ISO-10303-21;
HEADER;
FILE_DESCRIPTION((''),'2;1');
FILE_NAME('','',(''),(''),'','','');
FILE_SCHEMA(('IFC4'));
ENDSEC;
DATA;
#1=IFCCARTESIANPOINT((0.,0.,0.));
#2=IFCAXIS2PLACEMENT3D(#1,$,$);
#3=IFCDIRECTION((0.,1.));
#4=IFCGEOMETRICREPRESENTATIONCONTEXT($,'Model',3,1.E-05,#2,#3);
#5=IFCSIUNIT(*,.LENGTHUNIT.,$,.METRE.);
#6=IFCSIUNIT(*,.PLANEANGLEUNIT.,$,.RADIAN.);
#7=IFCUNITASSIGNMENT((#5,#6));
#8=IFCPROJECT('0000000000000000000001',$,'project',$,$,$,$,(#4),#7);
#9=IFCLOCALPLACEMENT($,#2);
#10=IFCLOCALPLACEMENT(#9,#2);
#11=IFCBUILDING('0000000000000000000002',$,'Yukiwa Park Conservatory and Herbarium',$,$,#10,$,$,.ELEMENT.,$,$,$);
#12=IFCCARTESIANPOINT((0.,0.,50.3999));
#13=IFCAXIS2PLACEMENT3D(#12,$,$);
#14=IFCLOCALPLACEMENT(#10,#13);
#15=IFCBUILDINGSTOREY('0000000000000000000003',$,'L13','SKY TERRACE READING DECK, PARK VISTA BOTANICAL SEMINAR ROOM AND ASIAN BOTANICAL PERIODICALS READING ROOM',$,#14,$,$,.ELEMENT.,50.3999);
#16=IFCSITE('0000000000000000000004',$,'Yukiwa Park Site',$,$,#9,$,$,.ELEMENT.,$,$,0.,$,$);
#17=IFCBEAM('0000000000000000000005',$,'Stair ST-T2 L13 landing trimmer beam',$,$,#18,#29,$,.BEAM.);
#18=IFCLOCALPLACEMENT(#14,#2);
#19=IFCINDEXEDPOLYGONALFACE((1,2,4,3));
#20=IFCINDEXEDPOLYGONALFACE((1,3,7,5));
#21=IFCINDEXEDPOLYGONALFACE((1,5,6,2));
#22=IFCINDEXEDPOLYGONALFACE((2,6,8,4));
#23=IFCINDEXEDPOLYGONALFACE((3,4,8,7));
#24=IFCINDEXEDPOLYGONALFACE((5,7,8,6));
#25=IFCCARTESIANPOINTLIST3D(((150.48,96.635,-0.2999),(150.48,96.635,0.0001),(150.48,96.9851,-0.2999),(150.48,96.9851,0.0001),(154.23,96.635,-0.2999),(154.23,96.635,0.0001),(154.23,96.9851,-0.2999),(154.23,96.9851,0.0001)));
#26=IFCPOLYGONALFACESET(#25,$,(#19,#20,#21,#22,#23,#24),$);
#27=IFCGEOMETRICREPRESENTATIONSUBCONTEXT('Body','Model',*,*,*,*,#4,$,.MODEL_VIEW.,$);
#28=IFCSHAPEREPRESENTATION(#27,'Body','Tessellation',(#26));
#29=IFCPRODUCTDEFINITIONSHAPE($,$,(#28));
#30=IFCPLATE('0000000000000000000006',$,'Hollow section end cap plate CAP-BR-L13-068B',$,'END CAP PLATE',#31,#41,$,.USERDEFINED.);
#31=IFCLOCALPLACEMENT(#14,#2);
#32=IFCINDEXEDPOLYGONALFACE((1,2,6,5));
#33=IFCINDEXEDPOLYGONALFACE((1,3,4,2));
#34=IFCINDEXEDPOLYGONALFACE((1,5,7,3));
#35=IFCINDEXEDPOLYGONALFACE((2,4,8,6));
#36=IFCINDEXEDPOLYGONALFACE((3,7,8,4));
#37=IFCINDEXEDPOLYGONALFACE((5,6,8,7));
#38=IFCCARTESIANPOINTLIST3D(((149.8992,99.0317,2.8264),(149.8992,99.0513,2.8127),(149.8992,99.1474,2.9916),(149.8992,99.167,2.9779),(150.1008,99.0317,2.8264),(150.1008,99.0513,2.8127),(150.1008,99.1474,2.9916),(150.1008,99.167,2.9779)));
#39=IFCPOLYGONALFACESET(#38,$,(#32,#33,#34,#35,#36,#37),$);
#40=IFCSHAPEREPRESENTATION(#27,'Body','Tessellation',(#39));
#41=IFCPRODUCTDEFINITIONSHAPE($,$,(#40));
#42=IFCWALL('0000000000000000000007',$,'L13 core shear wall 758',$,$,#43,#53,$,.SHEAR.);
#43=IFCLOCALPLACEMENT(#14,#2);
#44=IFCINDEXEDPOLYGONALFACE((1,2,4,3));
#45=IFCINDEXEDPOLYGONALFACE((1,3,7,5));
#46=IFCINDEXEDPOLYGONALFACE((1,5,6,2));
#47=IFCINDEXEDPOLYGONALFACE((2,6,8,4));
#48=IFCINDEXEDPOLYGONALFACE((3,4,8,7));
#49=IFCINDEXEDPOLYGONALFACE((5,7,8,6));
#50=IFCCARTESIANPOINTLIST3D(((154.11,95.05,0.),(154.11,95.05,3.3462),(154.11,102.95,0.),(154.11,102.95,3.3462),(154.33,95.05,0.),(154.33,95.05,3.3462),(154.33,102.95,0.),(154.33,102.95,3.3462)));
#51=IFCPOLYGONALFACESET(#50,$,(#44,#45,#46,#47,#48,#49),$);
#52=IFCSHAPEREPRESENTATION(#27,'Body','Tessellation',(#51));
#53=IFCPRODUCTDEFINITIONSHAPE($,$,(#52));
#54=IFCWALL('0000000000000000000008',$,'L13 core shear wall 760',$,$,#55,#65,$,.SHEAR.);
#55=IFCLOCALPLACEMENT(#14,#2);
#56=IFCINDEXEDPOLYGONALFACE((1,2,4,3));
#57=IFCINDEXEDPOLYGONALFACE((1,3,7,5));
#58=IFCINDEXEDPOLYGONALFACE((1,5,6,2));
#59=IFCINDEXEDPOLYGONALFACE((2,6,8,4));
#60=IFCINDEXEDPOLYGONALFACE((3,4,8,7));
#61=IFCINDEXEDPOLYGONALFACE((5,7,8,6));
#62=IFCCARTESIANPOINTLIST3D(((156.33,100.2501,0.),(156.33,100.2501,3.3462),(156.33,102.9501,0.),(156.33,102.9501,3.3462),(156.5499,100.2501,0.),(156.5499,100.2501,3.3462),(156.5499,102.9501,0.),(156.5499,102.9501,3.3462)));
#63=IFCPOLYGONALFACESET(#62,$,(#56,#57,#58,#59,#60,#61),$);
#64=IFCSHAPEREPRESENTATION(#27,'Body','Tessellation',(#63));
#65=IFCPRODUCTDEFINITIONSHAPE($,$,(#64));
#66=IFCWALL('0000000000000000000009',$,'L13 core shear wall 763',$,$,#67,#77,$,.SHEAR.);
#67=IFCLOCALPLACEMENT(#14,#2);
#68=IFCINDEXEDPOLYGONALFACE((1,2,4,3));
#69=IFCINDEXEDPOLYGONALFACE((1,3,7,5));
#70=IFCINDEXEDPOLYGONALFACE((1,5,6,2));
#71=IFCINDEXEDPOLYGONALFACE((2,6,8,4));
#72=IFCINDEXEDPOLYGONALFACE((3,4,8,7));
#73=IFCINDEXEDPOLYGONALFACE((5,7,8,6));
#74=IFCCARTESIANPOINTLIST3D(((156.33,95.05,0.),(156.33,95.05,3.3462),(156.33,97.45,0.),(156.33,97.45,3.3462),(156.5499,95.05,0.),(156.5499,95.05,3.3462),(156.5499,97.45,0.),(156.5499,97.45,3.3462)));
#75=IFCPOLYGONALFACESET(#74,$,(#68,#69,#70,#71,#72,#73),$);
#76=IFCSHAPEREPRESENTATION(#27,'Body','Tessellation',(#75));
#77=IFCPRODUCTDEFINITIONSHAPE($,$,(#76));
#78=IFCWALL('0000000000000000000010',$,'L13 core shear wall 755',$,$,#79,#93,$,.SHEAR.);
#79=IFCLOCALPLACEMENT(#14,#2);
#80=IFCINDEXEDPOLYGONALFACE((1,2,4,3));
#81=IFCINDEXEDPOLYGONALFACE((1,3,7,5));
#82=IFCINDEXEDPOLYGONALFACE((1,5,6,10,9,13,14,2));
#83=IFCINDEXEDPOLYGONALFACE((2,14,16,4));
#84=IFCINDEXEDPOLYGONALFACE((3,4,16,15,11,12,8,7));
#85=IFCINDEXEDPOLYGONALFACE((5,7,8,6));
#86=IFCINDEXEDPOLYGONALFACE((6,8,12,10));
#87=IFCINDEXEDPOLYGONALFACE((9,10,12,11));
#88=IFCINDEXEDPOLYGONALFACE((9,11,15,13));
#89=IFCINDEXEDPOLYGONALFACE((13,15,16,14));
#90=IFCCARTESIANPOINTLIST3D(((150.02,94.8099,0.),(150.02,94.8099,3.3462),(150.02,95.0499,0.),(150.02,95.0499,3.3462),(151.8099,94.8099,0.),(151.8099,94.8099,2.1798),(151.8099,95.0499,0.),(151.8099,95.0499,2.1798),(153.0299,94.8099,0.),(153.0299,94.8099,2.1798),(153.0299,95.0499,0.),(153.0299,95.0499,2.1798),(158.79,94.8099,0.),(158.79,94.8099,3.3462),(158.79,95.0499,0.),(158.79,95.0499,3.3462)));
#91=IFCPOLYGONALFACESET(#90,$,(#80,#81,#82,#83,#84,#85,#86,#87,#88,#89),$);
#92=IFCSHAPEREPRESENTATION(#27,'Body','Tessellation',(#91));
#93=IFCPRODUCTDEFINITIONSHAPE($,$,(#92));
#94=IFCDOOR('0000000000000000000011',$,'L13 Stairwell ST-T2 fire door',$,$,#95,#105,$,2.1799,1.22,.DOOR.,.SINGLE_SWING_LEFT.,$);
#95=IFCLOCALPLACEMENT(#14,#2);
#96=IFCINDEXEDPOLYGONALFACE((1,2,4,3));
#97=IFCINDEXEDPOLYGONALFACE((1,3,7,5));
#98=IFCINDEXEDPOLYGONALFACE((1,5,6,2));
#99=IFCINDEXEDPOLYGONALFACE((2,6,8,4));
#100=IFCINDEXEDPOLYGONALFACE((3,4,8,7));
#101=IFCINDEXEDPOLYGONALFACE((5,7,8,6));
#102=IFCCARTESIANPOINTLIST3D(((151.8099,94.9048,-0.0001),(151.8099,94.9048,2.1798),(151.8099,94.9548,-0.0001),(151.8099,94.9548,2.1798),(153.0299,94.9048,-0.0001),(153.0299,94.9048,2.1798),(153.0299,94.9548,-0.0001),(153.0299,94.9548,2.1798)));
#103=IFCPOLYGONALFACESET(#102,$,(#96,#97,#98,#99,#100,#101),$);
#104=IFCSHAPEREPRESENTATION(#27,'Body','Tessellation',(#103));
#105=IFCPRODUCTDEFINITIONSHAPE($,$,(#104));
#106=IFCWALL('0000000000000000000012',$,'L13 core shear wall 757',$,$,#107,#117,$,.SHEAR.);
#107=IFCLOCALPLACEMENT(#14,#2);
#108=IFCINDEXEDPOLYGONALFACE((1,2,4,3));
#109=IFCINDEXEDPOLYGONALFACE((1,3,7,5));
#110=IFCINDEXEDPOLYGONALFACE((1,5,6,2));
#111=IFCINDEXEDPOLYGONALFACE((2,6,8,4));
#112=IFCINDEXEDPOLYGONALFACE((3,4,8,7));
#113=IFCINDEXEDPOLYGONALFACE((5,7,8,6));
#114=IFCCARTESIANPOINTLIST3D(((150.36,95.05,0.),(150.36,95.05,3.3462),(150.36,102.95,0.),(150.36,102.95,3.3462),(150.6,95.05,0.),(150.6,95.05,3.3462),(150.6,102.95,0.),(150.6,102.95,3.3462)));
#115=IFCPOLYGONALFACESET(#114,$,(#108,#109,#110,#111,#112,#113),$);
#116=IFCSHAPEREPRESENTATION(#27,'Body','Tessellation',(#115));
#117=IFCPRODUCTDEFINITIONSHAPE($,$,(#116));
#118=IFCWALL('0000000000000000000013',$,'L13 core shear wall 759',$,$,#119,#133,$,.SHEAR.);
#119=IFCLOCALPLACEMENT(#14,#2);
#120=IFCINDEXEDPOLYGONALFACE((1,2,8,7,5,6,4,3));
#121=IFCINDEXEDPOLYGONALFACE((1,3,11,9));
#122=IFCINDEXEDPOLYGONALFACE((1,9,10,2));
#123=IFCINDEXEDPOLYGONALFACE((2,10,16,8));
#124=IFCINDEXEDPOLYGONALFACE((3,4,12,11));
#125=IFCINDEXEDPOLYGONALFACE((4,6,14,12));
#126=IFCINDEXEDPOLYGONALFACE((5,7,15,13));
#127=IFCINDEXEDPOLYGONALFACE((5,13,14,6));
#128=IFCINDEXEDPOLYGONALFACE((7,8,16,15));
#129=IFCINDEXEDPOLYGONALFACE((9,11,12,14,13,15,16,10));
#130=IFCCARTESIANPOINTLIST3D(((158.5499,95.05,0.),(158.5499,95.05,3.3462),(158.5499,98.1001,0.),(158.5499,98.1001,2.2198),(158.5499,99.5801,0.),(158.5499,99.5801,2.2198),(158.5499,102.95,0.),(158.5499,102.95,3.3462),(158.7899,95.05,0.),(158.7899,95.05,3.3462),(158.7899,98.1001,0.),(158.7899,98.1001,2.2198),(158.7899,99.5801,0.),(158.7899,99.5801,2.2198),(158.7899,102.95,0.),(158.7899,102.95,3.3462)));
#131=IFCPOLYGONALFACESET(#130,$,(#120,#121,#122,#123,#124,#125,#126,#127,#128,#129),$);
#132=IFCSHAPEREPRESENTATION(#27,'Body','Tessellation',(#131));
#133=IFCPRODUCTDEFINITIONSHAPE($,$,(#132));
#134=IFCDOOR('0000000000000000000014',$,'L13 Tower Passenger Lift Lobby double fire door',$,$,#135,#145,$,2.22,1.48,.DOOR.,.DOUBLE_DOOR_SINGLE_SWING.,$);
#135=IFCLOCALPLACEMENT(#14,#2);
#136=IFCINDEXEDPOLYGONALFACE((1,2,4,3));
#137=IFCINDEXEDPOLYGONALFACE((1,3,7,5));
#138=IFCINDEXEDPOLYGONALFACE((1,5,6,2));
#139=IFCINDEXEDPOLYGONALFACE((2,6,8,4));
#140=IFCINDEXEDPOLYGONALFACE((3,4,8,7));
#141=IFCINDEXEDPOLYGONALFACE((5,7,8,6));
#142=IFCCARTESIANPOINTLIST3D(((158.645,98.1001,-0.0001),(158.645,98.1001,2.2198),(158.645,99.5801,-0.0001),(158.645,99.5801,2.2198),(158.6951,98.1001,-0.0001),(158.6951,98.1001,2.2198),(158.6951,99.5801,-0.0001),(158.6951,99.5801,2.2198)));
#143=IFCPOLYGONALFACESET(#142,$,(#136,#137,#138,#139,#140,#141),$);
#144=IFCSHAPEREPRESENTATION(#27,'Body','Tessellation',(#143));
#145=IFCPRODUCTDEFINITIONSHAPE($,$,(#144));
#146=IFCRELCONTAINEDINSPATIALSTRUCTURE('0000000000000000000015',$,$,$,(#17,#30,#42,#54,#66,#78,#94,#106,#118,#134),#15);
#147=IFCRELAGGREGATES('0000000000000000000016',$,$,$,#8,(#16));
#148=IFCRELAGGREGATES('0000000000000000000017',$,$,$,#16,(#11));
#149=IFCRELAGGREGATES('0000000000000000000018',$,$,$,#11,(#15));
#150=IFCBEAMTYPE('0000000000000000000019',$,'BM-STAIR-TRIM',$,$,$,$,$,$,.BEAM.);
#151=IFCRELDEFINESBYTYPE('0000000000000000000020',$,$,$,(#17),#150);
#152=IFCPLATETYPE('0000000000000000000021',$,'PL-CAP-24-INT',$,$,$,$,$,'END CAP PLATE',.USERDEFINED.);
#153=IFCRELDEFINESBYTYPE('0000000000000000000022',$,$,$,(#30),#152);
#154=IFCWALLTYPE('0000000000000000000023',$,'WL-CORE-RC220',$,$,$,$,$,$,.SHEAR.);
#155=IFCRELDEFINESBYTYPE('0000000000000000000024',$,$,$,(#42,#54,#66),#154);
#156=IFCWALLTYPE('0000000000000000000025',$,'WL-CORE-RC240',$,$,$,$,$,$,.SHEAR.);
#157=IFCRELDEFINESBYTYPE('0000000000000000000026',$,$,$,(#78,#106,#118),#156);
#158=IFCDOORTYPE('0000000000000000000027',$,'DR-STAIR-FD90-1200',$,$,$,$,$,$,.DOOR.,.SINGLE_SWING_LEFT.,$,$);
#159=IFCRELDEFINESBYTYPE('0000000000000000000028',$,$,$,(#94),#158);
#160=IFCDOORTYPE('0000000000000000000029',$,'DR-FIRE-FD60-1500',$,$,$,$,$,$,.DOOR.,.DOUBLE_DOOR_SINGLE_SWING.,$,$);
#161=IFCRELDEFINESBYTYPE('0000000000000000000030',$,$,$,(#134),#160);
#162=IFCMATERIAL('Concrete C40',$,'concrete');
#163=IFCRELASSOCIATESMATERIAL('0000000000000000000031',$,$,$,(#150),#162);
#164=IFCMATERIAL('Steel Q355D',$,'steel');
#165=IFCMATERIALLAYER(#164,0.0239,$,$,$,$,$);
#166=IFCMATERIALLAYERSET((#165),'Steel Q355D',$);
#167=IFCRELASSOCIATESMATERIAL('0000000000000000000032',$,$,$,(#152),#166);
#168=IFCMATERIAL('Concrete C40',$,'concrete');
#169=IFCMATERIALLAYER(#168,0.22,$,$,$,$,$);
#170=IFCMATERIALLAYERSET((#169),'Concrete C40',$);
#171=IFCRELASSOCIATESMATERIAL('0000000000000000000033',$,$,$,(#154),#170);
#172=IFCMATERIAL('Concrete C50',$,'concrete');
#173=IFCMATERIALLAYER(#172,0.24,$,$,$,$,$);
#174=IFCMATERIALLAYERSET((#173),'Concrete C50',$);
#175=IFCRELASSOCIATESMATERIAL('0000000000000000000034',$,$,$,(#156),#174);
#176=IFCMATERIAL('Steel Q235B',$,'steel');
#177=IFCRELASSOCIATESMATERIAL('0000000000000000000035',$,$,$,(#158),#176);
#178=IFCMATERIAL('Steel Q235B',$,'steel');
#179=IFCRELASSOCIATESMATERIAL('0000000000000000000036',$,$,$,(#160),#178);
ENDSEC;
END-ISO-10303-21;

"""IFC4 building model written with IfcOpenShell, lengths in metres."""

from ifc_helpers import new_model, si_unit, direction, frame, frame_2d, origin, origin_2d, place, context, subcontext, project, spatial, rectangle, extrude, material, layer, layer_set, material_profile, profile_set, type_object, element, fill, save


model = new_model("IFC4")

# Units and contexts
model_context = context("Model", 3, precision=1e-05, world=origin(), true_north=direction((0.0, 1.0)))
body_context = subcontext(model_context, "Body", "Model", "MODEL_VIEW")
ifc_project = project(units=[si_unit("LENGTHUNIT", "METRE"), si_unit("PLANEANGLEUNIT", "RADIAN")], contexts=[model_context])

# Site, building, storey
site_placement = place(None, origin())
site = spatial("IfcSite", under=ifc_project, at=site_placement, Name="Yukiwa Park Site", CompositionType="ELEMENT", RefElevation=0.0)
building_placement = place(site_placement, origin())
building = spatial("IfcBuilding", under=site, at=building_placement, Name="Yukiwa Park Conservatory and Herbarium", CompositionType="ELEMENT")
storey_placement = place(building_placement, frame((0.0, 0.0, 50.3999)))
storey = spatial("IfcBuildingStorey", under=building, at=storey_placement, Name="L13", Description="SKY TERRACE READING DECK, PARK VISTA BOTANICAL SEMINAR ROOM AND ASIAN BOTANICAL PERIODICALS READING ROOM", CompositionType="ELEMENT", Elevation=50.3999)

# Beam
ifc_material_1 = material(Name="Concrete C40", Category="concrete")
ifc_material_profile = material_profile(ifc_material_1, rectangle(XDim=0.3501, YDim=0.3, at=origin_2d()), Name="RC 350x300")
ifc_profile_set = profile_set([ifc_material_profile], Name="Concrete C40")
beam_type = type_object("IfcBeamType", Name="BM-STAIR-TRIM", PredefinedType="BEAM", material=ifc_profile_set)
beam_placement = place(storey_placement, frame((150.48, 96.8101, -0.1499), z_axis=(1.0, 0.0, 0.0), x_axis=(0.0, 1.0, 0.0)))
element("IfcBeam", 1, at=beam_placement, inside=storey, type_object=beam_type, Name="Stair ST-T2 L13 landing trimmer beam", PredefinedType="BEAM", context=body_context, shape_type="SweptSolid", body=[
    extrude(rectangle(XDim=0.3501, YDim=0.3, at=origin_2d()), origin(), (0.0, 0.0, 1.0), 3.75),
])

# Plate
ifc_material_2 = material(Name="Steel Q355D", Category="steel")
ifc_layer_1 = layer(ifc_material_2, 0.0239)
ifc_layer_set_1 = layer_set([ifc_layer_1], Name="Steel Q355D")
plate_type = type_object("IfcPlateType", Name="PL-CAP-24-INT", ElementType="END CAP PLATE", PredefinedType="USERDEFINED", material=ifc_layer_set_1)
plate_placement = place(storey_placement, frame((150.0, 99.1091, 2.8953), z_axis=(0.0, -0.819232, 0.573462), x_axis=(1.0, 0.0, 0.0)))
element("IfcPlate", 2, at=plate_placement, inside=storey, type_object=plate_type, Name="Hollow section end cap plate CAP-BR-L13-068B", ObjectType="END CAP PLATE", PredefinedType="USERDEFINED", context=body_context, shape_type="SweptSolid", body=[
    extrude(rectangle(XDim=0.2017, YDim=0.2017, at=origin_2d()), origin(), (0.0, 0.0, 1.0), 0.0239),
])

# Walls
ifc_material_3 = material(Name="Concrete C40", Category="concrete")
ifc_layer_2 = layer(ifc_material_3, 0.22)
ifc_layer_set_2 = layer_set([ifc_layer_2], Name="Concrete C40")
wall_type_1 = type_object("IfcWallType", Name="WL-CORE-RC220", PredefinedType="SHEAR", material=ifc_layer_set_2)
wall_1_placement = place(storey_placement, frame((154.22, 95.05, 0.0), z_axis=(0.0, 0.0, 1.0), x_axis=(0.0, 1.0, 0.0)))
element("IfcWall", 3, at=wall_1_placement, inside=storey, type_object=wall_type_1, Name="L13 core shear wall 758", PredefinedType="SHEAR", context=body_context, shape_type="SweptSolid", body=[
    extrude(rectangle(XDim=7.8999, YDim=0.22, at=frame_2d((3.95, 0.0))), origin(), (0.0, 0.0, 1.0), 3.3462),
])
wall_2_placement = place(storey_placement, frame((156.4399, 100.25, 0.0), z_axis=(0.0, 0.0, 1.0), x_axis=(0.0, 1.0, 0.0)))
element("IfcWall", 4, at=wall_2_placement, inside=storey, type_object=wall_type_1, Name="L13 core shear wall 760", PredefinedType="SHEAR", context=body_context, shape_type="SweptSolid", body=[
    extrude(rectangle(XDim=2.7, YDim=0.22, at=frame_2d((1.3501, 0.0))), origin(), (0.0, 0.0, 1.0), 3.3462),
])

# Wall
wall_3_placement = place(storey_placement, frame((156.4399, 95.05, 0.0), z_axis=(0.0, 0.0, 1.0), x_axis=(0.0, 1.0, 0.0)))
element("IfcWall", 5, at=wall_3_placement, inside=storey, type_object=wall_type_1, Name="L13 core shear wall 763", PredefinedType="SHEAR", context=body_context, shape_type="SweptSolid", body=[
    extrude(rectangle(XDim=2.3999, YDim=0.22, at=frame_2d((1.2, 0.0))), origin(), (0.0, 0.0, 1.0), 3.3462),
])

# Wall, opening, door
ifc_material_4 = material(Name="Concrete C50", Category="concrete")
ifc_layer_3 = layer(ifc_material_4, 0.24)
ifc_layer_set_3 = layer_set([ifc_layer_3], Name="Concrete C50")
wall_type_2 = type_object("IfcWallType", Name="WL-CORE-RC240", PredefinedType="SHEAR", material=ifc_layer_set_3)
wall_4_placement = place(storey_placement, frame((150.02, 94.9299, 0.0), z_axis=(0.0, 0.0, 1.0), x_axis=(1.0, 0.0, 0.0)))
wall_4 = element("IfcWall", 6, at=wall_4_placement, inside=storey, type_object=wall_type_2, Name="L13 core shear wall 755", PredefinedType="SHEAR", context=body_context, shape_type="SweptSolid", body=[
    extrude(rectangle(XDim=8.77, YDim=0.24, at=frame_2d((4.385, 0.0))), origin(), (0.0, 0.0, 1.0), 3.3462),
])
opening_1_placement = place(wall_4_placement, frame((1.79, 0.0, 0.0)))
opening_1 = element("IfcOpeningElement", 7, at=opening_1_placement, cuts=wall_4, PredefinedType="OPENING", context=body_context, shape_type="SweptSolid", body=[
    extrude(rectangle(XDim=1.22, YDim=2.1799, at=frame_2d((0.6099, 1.0898))), frame((0.0, 0.1299, 0.0), z_axis=(0.0, -1.0, 0.0), x_axis=(1.0, 0.0, 0.0)), (0.0, 0.0, 1.0), 0.26),
])
ifc_material_5 = material(Name="Steel Q235B", Category="steel")
door_type_1 = type_object("IfcDoorType", Name="DR-STAIR-FD90-1200", OperationType="SINGLE_SWING_LEFT", PredefinedType="DOOR", material=ifc_material_5)
door_1_placement = place(opening_1_placement, origin())
door_1 = element("IfcDoor", 8, at=door_1_placement, inside=storey, type_object=door_type_1, Name="L13 Stairwell ST-T2 fire door", OperationType="SINGLE_SWING_LEFT", OverallHeight=2.1799, OverallWidth=1.22, PredefinedType="DOOR", context=body_context, shape_type="SweptSolid", body=[
    extrude(rectangle(XDim=1.22, YDim=2.1799, at=frame_2d((0.6099, 1.0898))), frame((0.0, 0.0249, 0.0), z_axis=(0.0, -1.0, 0.0), x_axis=(1.0, 0.0, 0.0)), (0.0, 0.0, 1.0), 0.05),
])
fill(opening_1, door_1)

# Wall
wall_5_placement = place(storey_placement, frame((150.48, 95.05, 0.0), z_axis=(0.0, 0.0, 1.0), x_axis=(0.0, 1.0, 0.0)))
element("IfcWall", 9, at=wall_5_placement, inside=storey, type_object=wall_type_2, Name="L13 core shear wall 757", PredefinedType="SHEAR", context=body_context, shape_type="SweptSolid", body=[
    extrude(rectangle(XDim=7.8999, YDim=0.24, at=frame_2d((3.95, 0.0))), origin(), (0.0, 0.0, 1.0), 3.3462),
])

# Wall, opening, door
wall_6_placement = place(storey_placement, frame((158.6699, 95.05, 0.0), z_axis=(0.0, 0.0, 1.0), x_axis=(0.0, 1.0, 0.0)))
wall_6 = element("IfcWall", 10, at=wall_6_placement, inside=storey, type_object=wall_type_2, Name="L13 core shear wall 759", PredefinedType="SHEAR", context=body_context, shape_type="SweptSolid", body=[
    extrude(rectangle(XDim=7.8999, YDim=0.24, at=frame_2d((3.95, 0.0))), origin(), (0.0, 0.0, 1.0), 3.3462),
])
opening_2_placement = place(wall_6_placement, frame((3.05, 0.0, 0.0)))
opening_2 = element("IfcOpeningElement", 11, at=opening_2_placement, cuts=wall_6, PredefinedType="OPENING", context=body_context, shape_type="SweptSolid", body=[
    extrude(rectangle(XDim=1.48, YDim=2.22, at=frame_2d((0.74, 1.1099))), frame((0.0, 0.1299, 0.0), z_axis=(0.0, -1.0, 0.0), x_axis=(1.0, 0.0, 0.0)), (0.0, 0.0, 1.0), 0.26),
])
ifc_material_6 = material(Name="Steel Q235B", Category="steel")
door_type_2 = type_object("IfcDoorType", Name="DR-FIRE-FD60-1500", OperationType="DOUBLE_DOOR_SINGLE_SWING", PredefinedType="DOOR", material=ifc_material_6)
door_2_placement = place(opening_2_placement, origin())
door_2 = element("IfcDoor", 12, at=door_2_placement, inside=storey, type_object=door_type_2, Name="L13 Tower Passenger Lift Lobby double fire door", OperationType="DOUBLE_DOOR_SINGLE_SWING", OverallHeight=2.22, OverallWidth=1.48, PredefinedType="DOOR", context=body_context, shape_type="SweptSolid", body=[
    extrude(rectangle(XDim=1.48, YDim=2.22, at=frame_2d((0.74, 1.1099))), frame((0.0, 0.0249, 0.0), z_axis=(0.0, -1.0, 0.0), x_axis=(1.0, 0.0, 0.0)), (0.0, 0.0, 1.0), 0.05),
])
fill(opening_2, door_2)

save(model, "model.ifc")
